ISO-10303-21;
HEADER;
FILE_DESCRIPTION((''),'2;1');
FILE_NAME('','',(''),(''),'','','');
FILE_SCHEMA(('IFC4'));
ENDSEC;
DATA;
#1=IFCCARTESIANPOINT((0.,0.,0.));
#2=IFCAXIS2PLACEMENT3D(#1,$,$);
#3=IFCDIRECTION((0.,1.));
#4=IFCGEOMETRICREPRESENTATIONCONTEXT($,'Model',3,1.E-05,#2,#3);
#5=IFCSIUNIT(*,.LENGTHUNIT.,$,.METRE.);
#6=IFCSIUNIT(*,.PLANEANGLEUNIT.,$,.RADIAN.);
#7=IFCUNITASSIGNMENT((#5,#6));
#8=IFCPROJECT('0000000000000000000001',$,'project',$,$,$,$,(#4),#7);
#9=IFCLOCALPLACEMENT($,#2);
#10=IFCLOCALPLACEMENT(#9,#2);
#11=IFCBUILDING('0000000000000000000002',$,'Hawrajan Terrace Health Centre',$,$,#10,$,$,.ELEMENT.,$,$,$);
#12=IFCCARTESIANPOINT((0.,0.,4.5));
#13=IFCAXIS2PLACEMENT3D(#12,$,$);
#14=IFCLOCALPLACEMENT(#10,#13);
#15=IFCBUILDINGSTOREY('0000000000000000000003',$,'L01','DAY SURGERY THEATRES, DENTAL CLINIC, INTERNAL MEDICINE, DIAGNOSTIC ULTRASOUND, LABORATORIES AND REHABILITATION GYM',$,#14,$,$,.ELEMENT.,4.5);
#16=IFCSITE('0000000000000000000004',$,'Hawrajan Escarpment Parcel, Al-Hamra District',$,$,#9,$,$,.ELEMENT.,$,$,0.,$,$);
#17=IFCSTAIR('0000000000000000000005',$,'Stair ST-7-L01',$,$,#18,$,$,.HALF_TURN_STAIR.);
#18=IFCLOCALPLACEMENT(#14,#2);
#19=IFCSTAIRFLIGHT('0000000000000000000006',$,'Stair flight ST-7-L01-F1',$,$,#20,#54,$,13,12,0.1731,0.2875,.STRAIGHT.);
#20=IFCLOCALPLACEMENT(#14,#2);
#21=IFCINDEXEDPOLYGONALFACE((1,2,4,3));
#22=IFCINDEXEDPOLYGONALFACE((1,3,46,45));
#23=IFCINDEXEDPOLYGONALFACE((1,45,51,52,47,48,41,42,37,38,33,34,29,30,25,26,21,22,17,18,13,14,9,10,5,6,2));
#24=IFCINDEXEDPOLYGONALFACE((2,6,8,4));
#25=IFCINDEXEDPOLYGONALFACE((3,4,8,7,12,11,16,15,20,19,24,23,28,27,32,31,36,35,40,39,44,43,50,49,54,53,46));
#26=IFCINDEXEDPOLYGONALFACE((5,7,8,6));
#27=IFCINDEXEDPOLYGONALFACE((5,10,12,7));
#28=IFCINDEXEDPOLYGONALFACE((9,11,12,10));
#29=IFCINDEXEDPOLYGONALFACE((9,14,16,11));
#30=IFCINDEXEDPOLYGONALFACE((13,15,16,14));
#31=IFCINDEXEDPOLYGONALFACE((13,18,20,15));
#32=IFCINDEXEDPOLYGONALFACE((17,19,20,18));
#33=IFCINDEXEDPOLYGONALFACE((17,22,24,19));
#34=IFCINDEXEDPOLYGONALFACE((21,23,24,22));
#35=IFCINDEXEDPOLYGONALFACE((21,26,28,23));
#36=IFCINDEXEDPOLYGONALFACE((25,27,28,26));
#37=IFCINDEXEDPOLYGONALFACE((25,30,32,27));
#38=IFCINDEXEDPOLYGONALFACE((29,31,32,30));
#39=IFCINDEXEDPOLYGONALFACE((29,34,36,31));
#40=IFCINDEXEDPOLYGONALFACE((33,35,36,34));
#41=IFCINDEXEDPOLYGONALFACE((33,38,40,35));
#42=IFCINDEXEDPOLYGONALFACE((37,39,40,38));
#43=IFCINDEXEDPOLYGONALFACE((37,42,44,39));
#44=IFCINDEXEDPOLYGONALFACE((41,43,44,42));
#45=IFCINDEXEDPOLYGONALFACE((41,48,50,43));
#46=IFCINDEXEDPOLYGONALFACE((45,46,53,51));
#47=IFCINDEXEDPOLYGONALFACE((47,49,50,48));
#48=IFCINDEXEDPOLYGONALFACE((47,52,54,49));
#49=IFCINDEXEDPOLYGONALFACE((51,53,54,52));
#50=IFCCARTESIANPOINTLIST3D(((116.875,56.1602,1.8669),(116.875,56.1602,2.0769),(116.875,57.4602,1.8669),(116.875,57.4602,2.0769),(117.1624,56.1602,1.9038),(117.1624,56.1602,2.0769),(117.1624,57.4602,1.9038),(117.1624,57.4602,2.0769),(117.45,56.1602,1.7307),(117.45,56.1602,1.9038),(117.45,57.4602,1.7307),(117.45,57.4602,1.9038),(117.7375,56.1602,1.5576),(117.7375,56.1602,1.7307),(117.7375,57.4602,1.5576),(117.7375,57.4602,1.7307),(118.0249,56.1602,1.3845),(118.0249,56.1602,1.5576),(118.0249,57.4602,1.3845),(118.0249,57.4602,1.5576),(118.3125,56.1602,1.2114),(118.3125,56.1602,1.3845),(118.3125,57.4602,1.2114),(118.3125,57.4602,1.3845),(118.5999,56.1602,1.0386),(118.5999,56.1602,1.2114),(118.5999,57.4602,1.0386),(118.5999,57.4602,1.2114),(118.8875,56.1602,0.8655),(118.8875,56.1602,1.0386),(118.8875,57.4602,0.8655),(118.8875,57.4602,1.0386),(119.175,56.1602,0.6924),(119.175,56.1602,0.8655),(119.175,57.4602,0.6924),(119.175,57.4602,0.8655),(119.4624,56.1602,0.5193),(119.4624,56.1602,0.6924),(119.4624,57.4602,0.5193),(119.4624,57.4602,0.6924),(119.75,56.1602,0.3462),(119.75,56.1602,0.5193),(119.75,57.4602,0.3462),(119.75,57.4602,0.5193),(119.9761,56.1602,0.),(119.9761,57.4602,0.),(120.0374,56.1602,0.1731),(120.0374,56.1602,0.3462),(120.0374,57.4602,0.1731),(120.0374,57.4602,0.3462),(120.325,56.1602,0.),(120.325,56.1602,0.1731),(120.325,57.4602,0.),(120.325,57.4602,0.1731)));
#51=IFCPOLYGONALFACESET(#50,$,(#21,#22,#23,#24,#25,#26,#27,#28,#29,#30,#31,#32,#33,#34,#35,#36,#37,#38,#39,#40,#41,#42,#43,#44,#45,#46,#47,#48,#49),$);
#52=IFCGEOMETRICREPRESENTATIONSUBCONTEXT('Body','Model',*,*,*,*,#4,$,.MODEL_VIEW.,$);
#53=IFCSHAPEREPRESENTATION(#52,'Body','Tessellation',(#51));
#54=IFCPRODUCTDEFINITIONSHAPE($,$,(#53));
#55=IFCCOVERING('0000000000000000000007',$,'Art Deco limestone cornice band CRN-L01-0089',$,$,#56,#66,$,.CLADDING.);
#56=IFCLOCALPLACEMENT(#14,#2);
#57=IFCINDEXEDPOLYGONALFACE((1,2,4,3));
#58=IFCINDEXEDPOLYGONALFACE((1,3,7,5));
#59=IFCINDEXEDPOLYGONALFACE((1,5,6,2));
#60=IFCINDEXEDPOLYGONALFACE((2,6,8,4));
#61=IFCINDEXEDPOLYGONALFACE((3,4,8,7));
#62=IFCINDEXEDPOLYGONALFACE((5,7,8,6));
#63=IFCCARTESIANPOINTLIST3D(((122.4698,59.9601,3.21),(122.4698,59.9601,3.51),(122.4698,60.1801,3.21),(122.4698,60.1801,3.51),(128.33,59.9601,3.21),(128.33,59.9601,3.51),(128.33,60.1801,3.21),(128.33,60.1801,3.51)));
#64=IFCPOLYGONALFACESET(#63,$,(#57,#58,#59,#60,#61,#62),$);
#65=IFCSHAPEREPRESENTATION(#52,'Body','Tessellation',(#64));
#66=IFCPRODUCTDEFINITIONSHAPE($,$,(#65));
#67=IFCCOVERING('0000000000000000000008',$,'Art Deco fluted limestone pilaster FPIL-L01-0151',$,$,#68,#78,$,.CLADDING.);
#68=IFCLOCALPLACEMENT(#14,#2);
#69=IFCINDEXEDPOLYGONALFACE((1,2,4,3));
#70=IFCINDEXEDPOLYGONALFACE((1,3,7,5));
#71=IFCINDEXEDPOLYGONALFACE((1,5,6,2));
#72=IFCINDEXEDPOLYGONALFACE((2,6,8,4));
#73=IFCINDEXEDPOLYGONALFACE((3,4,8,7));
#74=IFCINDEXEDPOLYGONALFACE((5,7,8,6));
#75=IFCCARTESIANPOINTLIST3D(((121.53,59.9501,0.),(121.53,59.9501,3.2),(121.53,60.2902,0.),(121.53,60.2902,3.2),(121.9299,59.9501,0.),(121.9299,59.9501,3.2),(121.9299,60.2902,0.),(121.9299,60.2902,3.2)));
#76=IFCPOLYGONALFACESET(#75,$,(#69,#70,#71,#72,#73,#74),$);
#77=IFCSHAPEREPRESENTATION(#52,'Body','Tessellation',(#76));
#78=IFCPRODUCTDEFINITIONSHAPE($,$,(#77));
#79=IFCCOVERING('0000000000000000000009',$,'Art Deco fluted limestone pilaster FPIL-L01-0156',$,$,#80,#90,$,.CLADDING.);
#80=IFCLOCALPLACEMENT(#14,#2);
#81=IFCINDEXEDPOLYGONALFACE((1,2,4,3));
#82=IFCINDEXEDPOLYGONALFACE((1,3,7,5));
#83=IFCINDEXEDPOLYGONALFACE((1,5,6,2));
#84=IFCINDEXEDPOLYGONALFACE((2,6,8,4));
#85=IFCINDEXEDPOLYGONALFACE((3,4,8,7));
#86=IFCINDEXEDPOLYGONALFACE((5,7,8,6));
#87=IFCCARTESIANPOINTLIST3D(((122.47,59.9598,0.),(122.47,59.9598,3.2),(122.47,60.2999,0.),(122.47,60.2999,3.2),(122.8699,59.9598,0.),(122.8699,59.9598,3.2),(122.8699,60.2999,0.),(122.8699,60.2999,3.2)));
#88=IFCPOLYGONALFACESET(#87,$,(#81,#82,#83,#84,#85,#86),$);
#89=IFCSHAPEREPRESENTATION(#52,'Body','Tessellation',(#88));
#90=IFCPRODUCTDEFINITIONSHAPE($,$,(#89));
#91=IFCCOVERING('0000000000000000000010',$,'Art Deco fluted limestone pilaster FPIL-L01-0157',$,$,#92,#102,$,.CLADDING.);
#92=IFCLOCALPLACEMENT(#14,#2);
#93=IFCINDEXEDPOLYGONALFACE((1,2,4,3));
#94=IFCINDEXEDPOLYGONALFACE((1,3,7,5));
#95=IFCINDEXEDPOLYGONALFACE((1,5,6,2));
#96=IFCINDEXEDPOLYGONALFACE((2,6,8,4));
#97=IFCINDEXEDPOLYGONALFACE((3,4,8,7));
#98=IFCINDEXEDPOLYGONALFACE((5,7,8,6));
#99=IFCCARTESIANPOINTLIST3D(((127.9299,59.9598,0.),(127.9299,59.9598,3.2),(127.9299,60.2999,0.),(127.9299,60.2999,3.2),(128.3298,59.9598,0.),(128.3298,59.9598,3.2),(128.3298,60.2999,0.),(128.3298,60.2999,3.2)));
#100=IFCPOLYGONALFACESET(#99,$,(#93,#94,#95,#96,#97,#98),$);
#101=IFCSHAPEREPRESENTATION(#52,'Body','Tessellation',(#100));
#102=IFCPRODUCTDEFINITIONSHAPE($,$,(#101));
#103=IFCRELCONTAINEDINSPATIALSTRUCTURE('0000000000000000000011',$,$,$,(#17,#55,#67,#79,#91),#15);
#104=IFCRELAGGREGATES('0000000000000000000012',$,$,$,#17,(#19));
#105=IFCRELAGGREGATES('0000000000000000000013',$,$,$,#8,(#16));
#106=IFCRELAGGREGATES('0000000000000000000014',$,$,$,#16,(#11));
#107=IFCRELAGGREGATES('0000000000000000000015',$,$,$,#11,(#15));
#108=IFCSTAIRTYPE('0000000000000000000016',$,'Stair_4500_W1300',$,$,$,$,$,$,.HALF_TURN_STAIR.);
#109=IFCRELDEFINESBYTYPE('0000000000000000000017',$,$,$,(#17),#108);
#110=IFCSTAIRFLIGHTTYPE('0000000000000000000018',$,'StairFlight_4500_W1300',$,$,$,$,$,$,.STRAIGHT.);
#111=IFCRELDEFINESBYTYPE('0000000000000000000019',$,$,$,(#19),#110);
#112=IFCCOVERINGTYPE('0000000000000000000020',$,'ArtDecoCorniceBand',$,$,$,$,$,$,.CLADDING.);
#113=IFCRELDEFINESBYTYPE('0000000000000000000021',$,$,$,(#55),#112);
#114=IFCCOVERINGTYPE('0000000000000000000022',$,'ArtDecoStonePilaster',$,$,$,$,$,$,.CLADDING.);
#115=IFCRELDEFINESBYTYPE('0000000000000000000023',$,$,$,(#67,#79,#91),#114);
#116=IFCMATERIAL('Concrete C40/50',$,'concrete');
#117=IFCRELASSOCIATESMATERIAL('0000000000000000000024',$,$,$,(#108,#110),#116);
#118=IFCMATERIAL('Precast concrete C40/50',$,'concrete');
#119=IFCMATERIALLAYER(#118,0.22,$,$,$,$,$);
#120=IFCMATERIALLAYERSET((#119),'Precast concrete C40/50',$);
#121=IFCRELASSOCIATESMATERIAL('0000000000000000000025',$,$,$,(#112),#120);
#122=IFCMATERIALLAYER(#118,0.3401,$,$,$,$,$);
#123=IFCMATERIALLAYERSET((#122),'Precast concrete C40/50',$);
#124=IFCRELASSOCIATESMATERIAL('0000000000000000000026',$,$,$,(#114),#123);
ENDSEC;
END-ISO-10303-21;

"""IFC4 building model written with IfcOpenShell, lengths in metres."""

from ifc_helpers import new_model, si_unit, direction, frame, origin, origin_2d, place, context, subcontext, project, spatial, polyline, rectangle, outline, extrude, material, layer, layer_set, type_object, element, aggregate, save


model = new_model("IFC4")

# Units and contexts
model_context = context("Model", 3, precision=1e-05, world=origin(), true_north=direction((0.0, 1.0)))
body_context = subcontext(model_context, "Body", "Model", "MODEL_VIEW")
ifc_project = project(units=[si_unit("LENGTHUNIT", "METRE"), si_unit("PLANEANGLEUNIT", "RADIAN")], contexts=[model_context])

# Site, building, storey
site_placement = place(None, origin())
site = spatial("IfcSite", under=ifc_project, at=site_placement, Name="Hawrajan Escarpment Parcel, Al-Hamra District", CompositionType="ELEMENT", RefElevation=0.0)
building_placement = place(site_placement, origin())
building = spatial("IfcBuilding", under=site, at=building_placement, Name="Hawrajan Terrace Health Centre", CompositionType="ELEMENT")
storey_placement = place(building_placement, frame((0.0, 0.0, 4.5)))
storey = spatial("IfcBuildingStorey", under=building, at=storey_placement, Name="L01", Description="DAY SURGERY THEATRES, DENTAL CLINIC, INTERNAL MEDICINE, DIAGNOSTIC ULTRASOUND, LABORATORIES AND REHABILITATION GYM", CompositionType="ELEMENT", Elevation=4.5)

# Shared definitions
ifc_material_1 = material(Name="Concrete C40/50", Category="concrete")

# Shared definitions
ifc_material_2 = material(Name="Precast concrete C40/50", Category="concrete")

# Stair, stair flight
stair_type = type_object("IfcStairType", Name="Stair_4500_W1300", PredefinedType="HALF_TURN_STAIR", material=ifc_material_1)
stair_placement = place(storey_placement, origin())
stair = element("IfcStair", 1, at=stair_placement, inside=storey, type_object=stair_type, Name="Stair ST-7-L01", PredefinedType="HALF_TURN_STAIR")
stair_flight_type = type_object("IfcStairFlightType", Name="StairFlight_4500_W1300", PredefinedType="STRAIGHT", material=ifc_material_1)
stair_flight_placement = place(storey_placement, frame((120.325, 56.8101, 0.0), z_axis=(0.0, 0.0, 1.0), x_axis=(-1.0, 0.0, 0.0)))
stair_flight = element("IfcStairFlight", 2, at=stair_flight_placement, type_object=stair_flight_type, Name="Stair flight ST-7-L01-F1", NumberOfRisers=13, NumberOfTreads=12, PredefinedType="STRAIGHT", RiserHeight=0.1731, TreadLength=0.2875, context=body_context, shape_type="SweptSolid", body=[
    extrude(outline(polyline([(0.0, 0.0), (0.0, 0.1731), (0.2876, 0.1731), (0.2876, 0.3462), (0.575, 0.3462), (0.575, 0.5193), (0.8625, 0.5193), (0.8625, 0.6924), (1.1499, 0.6924), (1.1499, 0.8655), (1.4375, 0.8655), (1.4375, 1.0386), (1.7251, 1.0386), (1.7251, 1.2114), (2.0125, 1.2114), (2.0125, 1.3845), (2.3, 1.3845), (2.3, 1.5576), (2.5874, 1.5576), (2.5874, 1.7307), (2.875, 1.7307), (2.875, 1.9038), (3.1626, 1.9038), (3.1626, 2.0769), (3.45, 2.0769), (3.45, 2.25), (3.45, 1.8669), (0.3489, 0.0), (0.0, 0.0)])), frame((0.0, 0.6499, 0.0), z_axis=(0.0, -1.0, 0.0), x_axis=(1.0, 0.0, 0.0)), (0.0, 0.0, 1.0), 1.3),
])
aggregate(stair, [stair_flight])

# Coverings
ifc_layer_1 = layer(ifc_material_2, 0.22)
ifc_layer_set_1 = layer_set([ifc_layer_1], Name="Precast concrete C40/50")
covering_type_1 = type_object("IfcCoveringType", Name="ArtDecoCorniceBand", PredefinedType="CLADDING", material=ifc_layer_set_1)
covering_placement = place(storey_placement, frame((125.3999, 60.0701, 3.21), z_axis=(0.0, 0.0, 1.0), x_axis=(1.0, 0.0, 0.0)))
element("IfcCovering", 3, at=covering_placement, inside=storey, type_object=covering_type_1, Name="Art Deco limestone cornice band CRN-L01-0089", PredefinedType="CLADDING", context=body_context, shape_type="SweptSolid", body=[
    extrude(rectangle(XDim=5.8601, YDim=0.22, at=origin_2d()), origin(), (0.0, 0.0, 1.0), 0.3),
])
ifc_layer_2 = layer(ifc_material_2, 0.3401)
ifc_layer_set_2 = layer_set([ifc_layer_2], Name="Precast concrete C40/50")
covering_type_2 = type_object("IfcCoveringType", Name="ArtDecoStonePilaster", PredefinedType="CLADDING", material=ifc_layer_set_2)
for number, where, z_axis, x_axis, name in (
    (4, (121.73, 60.1201, 0.0), (0.0, 0.0, 1.0), (1.0, 0.0, 0.0), "Art Deco fluted limestone pilaster FPIL-L01-0151"),
    (5, (122.6699, 60.1299, 0.0), (0.0, 0.0, 1.0), (1.0, 0.0, 0.0), "Art Deco fluted limestone pilaster FPIL-L01-0156"),
    (6, (128.1299, 60.1299, 0.0), (0.0, 0.0, 1.0), (1.0, 0.0, 0.0), "Art Deco fluted limestone pilaster FPIL-L01-0157"),
):
    element("IfcCovering", number, at=place(storey_placement, frame(where, z_axis=z_axis, x_axis=x_axis)), inside=storey, type_object=covering_type_2, Name=name, PredefinedType="CLADDING", context=body_context, shape_type="SweptSolid", body=[
        extrude(rectangle(XDim=0.3999, YDim=0.3401, at=origin_2d()), origin(), (0.0, 0.0, 1.0), 3.2),
    ])

save(model, "model.ifc")
